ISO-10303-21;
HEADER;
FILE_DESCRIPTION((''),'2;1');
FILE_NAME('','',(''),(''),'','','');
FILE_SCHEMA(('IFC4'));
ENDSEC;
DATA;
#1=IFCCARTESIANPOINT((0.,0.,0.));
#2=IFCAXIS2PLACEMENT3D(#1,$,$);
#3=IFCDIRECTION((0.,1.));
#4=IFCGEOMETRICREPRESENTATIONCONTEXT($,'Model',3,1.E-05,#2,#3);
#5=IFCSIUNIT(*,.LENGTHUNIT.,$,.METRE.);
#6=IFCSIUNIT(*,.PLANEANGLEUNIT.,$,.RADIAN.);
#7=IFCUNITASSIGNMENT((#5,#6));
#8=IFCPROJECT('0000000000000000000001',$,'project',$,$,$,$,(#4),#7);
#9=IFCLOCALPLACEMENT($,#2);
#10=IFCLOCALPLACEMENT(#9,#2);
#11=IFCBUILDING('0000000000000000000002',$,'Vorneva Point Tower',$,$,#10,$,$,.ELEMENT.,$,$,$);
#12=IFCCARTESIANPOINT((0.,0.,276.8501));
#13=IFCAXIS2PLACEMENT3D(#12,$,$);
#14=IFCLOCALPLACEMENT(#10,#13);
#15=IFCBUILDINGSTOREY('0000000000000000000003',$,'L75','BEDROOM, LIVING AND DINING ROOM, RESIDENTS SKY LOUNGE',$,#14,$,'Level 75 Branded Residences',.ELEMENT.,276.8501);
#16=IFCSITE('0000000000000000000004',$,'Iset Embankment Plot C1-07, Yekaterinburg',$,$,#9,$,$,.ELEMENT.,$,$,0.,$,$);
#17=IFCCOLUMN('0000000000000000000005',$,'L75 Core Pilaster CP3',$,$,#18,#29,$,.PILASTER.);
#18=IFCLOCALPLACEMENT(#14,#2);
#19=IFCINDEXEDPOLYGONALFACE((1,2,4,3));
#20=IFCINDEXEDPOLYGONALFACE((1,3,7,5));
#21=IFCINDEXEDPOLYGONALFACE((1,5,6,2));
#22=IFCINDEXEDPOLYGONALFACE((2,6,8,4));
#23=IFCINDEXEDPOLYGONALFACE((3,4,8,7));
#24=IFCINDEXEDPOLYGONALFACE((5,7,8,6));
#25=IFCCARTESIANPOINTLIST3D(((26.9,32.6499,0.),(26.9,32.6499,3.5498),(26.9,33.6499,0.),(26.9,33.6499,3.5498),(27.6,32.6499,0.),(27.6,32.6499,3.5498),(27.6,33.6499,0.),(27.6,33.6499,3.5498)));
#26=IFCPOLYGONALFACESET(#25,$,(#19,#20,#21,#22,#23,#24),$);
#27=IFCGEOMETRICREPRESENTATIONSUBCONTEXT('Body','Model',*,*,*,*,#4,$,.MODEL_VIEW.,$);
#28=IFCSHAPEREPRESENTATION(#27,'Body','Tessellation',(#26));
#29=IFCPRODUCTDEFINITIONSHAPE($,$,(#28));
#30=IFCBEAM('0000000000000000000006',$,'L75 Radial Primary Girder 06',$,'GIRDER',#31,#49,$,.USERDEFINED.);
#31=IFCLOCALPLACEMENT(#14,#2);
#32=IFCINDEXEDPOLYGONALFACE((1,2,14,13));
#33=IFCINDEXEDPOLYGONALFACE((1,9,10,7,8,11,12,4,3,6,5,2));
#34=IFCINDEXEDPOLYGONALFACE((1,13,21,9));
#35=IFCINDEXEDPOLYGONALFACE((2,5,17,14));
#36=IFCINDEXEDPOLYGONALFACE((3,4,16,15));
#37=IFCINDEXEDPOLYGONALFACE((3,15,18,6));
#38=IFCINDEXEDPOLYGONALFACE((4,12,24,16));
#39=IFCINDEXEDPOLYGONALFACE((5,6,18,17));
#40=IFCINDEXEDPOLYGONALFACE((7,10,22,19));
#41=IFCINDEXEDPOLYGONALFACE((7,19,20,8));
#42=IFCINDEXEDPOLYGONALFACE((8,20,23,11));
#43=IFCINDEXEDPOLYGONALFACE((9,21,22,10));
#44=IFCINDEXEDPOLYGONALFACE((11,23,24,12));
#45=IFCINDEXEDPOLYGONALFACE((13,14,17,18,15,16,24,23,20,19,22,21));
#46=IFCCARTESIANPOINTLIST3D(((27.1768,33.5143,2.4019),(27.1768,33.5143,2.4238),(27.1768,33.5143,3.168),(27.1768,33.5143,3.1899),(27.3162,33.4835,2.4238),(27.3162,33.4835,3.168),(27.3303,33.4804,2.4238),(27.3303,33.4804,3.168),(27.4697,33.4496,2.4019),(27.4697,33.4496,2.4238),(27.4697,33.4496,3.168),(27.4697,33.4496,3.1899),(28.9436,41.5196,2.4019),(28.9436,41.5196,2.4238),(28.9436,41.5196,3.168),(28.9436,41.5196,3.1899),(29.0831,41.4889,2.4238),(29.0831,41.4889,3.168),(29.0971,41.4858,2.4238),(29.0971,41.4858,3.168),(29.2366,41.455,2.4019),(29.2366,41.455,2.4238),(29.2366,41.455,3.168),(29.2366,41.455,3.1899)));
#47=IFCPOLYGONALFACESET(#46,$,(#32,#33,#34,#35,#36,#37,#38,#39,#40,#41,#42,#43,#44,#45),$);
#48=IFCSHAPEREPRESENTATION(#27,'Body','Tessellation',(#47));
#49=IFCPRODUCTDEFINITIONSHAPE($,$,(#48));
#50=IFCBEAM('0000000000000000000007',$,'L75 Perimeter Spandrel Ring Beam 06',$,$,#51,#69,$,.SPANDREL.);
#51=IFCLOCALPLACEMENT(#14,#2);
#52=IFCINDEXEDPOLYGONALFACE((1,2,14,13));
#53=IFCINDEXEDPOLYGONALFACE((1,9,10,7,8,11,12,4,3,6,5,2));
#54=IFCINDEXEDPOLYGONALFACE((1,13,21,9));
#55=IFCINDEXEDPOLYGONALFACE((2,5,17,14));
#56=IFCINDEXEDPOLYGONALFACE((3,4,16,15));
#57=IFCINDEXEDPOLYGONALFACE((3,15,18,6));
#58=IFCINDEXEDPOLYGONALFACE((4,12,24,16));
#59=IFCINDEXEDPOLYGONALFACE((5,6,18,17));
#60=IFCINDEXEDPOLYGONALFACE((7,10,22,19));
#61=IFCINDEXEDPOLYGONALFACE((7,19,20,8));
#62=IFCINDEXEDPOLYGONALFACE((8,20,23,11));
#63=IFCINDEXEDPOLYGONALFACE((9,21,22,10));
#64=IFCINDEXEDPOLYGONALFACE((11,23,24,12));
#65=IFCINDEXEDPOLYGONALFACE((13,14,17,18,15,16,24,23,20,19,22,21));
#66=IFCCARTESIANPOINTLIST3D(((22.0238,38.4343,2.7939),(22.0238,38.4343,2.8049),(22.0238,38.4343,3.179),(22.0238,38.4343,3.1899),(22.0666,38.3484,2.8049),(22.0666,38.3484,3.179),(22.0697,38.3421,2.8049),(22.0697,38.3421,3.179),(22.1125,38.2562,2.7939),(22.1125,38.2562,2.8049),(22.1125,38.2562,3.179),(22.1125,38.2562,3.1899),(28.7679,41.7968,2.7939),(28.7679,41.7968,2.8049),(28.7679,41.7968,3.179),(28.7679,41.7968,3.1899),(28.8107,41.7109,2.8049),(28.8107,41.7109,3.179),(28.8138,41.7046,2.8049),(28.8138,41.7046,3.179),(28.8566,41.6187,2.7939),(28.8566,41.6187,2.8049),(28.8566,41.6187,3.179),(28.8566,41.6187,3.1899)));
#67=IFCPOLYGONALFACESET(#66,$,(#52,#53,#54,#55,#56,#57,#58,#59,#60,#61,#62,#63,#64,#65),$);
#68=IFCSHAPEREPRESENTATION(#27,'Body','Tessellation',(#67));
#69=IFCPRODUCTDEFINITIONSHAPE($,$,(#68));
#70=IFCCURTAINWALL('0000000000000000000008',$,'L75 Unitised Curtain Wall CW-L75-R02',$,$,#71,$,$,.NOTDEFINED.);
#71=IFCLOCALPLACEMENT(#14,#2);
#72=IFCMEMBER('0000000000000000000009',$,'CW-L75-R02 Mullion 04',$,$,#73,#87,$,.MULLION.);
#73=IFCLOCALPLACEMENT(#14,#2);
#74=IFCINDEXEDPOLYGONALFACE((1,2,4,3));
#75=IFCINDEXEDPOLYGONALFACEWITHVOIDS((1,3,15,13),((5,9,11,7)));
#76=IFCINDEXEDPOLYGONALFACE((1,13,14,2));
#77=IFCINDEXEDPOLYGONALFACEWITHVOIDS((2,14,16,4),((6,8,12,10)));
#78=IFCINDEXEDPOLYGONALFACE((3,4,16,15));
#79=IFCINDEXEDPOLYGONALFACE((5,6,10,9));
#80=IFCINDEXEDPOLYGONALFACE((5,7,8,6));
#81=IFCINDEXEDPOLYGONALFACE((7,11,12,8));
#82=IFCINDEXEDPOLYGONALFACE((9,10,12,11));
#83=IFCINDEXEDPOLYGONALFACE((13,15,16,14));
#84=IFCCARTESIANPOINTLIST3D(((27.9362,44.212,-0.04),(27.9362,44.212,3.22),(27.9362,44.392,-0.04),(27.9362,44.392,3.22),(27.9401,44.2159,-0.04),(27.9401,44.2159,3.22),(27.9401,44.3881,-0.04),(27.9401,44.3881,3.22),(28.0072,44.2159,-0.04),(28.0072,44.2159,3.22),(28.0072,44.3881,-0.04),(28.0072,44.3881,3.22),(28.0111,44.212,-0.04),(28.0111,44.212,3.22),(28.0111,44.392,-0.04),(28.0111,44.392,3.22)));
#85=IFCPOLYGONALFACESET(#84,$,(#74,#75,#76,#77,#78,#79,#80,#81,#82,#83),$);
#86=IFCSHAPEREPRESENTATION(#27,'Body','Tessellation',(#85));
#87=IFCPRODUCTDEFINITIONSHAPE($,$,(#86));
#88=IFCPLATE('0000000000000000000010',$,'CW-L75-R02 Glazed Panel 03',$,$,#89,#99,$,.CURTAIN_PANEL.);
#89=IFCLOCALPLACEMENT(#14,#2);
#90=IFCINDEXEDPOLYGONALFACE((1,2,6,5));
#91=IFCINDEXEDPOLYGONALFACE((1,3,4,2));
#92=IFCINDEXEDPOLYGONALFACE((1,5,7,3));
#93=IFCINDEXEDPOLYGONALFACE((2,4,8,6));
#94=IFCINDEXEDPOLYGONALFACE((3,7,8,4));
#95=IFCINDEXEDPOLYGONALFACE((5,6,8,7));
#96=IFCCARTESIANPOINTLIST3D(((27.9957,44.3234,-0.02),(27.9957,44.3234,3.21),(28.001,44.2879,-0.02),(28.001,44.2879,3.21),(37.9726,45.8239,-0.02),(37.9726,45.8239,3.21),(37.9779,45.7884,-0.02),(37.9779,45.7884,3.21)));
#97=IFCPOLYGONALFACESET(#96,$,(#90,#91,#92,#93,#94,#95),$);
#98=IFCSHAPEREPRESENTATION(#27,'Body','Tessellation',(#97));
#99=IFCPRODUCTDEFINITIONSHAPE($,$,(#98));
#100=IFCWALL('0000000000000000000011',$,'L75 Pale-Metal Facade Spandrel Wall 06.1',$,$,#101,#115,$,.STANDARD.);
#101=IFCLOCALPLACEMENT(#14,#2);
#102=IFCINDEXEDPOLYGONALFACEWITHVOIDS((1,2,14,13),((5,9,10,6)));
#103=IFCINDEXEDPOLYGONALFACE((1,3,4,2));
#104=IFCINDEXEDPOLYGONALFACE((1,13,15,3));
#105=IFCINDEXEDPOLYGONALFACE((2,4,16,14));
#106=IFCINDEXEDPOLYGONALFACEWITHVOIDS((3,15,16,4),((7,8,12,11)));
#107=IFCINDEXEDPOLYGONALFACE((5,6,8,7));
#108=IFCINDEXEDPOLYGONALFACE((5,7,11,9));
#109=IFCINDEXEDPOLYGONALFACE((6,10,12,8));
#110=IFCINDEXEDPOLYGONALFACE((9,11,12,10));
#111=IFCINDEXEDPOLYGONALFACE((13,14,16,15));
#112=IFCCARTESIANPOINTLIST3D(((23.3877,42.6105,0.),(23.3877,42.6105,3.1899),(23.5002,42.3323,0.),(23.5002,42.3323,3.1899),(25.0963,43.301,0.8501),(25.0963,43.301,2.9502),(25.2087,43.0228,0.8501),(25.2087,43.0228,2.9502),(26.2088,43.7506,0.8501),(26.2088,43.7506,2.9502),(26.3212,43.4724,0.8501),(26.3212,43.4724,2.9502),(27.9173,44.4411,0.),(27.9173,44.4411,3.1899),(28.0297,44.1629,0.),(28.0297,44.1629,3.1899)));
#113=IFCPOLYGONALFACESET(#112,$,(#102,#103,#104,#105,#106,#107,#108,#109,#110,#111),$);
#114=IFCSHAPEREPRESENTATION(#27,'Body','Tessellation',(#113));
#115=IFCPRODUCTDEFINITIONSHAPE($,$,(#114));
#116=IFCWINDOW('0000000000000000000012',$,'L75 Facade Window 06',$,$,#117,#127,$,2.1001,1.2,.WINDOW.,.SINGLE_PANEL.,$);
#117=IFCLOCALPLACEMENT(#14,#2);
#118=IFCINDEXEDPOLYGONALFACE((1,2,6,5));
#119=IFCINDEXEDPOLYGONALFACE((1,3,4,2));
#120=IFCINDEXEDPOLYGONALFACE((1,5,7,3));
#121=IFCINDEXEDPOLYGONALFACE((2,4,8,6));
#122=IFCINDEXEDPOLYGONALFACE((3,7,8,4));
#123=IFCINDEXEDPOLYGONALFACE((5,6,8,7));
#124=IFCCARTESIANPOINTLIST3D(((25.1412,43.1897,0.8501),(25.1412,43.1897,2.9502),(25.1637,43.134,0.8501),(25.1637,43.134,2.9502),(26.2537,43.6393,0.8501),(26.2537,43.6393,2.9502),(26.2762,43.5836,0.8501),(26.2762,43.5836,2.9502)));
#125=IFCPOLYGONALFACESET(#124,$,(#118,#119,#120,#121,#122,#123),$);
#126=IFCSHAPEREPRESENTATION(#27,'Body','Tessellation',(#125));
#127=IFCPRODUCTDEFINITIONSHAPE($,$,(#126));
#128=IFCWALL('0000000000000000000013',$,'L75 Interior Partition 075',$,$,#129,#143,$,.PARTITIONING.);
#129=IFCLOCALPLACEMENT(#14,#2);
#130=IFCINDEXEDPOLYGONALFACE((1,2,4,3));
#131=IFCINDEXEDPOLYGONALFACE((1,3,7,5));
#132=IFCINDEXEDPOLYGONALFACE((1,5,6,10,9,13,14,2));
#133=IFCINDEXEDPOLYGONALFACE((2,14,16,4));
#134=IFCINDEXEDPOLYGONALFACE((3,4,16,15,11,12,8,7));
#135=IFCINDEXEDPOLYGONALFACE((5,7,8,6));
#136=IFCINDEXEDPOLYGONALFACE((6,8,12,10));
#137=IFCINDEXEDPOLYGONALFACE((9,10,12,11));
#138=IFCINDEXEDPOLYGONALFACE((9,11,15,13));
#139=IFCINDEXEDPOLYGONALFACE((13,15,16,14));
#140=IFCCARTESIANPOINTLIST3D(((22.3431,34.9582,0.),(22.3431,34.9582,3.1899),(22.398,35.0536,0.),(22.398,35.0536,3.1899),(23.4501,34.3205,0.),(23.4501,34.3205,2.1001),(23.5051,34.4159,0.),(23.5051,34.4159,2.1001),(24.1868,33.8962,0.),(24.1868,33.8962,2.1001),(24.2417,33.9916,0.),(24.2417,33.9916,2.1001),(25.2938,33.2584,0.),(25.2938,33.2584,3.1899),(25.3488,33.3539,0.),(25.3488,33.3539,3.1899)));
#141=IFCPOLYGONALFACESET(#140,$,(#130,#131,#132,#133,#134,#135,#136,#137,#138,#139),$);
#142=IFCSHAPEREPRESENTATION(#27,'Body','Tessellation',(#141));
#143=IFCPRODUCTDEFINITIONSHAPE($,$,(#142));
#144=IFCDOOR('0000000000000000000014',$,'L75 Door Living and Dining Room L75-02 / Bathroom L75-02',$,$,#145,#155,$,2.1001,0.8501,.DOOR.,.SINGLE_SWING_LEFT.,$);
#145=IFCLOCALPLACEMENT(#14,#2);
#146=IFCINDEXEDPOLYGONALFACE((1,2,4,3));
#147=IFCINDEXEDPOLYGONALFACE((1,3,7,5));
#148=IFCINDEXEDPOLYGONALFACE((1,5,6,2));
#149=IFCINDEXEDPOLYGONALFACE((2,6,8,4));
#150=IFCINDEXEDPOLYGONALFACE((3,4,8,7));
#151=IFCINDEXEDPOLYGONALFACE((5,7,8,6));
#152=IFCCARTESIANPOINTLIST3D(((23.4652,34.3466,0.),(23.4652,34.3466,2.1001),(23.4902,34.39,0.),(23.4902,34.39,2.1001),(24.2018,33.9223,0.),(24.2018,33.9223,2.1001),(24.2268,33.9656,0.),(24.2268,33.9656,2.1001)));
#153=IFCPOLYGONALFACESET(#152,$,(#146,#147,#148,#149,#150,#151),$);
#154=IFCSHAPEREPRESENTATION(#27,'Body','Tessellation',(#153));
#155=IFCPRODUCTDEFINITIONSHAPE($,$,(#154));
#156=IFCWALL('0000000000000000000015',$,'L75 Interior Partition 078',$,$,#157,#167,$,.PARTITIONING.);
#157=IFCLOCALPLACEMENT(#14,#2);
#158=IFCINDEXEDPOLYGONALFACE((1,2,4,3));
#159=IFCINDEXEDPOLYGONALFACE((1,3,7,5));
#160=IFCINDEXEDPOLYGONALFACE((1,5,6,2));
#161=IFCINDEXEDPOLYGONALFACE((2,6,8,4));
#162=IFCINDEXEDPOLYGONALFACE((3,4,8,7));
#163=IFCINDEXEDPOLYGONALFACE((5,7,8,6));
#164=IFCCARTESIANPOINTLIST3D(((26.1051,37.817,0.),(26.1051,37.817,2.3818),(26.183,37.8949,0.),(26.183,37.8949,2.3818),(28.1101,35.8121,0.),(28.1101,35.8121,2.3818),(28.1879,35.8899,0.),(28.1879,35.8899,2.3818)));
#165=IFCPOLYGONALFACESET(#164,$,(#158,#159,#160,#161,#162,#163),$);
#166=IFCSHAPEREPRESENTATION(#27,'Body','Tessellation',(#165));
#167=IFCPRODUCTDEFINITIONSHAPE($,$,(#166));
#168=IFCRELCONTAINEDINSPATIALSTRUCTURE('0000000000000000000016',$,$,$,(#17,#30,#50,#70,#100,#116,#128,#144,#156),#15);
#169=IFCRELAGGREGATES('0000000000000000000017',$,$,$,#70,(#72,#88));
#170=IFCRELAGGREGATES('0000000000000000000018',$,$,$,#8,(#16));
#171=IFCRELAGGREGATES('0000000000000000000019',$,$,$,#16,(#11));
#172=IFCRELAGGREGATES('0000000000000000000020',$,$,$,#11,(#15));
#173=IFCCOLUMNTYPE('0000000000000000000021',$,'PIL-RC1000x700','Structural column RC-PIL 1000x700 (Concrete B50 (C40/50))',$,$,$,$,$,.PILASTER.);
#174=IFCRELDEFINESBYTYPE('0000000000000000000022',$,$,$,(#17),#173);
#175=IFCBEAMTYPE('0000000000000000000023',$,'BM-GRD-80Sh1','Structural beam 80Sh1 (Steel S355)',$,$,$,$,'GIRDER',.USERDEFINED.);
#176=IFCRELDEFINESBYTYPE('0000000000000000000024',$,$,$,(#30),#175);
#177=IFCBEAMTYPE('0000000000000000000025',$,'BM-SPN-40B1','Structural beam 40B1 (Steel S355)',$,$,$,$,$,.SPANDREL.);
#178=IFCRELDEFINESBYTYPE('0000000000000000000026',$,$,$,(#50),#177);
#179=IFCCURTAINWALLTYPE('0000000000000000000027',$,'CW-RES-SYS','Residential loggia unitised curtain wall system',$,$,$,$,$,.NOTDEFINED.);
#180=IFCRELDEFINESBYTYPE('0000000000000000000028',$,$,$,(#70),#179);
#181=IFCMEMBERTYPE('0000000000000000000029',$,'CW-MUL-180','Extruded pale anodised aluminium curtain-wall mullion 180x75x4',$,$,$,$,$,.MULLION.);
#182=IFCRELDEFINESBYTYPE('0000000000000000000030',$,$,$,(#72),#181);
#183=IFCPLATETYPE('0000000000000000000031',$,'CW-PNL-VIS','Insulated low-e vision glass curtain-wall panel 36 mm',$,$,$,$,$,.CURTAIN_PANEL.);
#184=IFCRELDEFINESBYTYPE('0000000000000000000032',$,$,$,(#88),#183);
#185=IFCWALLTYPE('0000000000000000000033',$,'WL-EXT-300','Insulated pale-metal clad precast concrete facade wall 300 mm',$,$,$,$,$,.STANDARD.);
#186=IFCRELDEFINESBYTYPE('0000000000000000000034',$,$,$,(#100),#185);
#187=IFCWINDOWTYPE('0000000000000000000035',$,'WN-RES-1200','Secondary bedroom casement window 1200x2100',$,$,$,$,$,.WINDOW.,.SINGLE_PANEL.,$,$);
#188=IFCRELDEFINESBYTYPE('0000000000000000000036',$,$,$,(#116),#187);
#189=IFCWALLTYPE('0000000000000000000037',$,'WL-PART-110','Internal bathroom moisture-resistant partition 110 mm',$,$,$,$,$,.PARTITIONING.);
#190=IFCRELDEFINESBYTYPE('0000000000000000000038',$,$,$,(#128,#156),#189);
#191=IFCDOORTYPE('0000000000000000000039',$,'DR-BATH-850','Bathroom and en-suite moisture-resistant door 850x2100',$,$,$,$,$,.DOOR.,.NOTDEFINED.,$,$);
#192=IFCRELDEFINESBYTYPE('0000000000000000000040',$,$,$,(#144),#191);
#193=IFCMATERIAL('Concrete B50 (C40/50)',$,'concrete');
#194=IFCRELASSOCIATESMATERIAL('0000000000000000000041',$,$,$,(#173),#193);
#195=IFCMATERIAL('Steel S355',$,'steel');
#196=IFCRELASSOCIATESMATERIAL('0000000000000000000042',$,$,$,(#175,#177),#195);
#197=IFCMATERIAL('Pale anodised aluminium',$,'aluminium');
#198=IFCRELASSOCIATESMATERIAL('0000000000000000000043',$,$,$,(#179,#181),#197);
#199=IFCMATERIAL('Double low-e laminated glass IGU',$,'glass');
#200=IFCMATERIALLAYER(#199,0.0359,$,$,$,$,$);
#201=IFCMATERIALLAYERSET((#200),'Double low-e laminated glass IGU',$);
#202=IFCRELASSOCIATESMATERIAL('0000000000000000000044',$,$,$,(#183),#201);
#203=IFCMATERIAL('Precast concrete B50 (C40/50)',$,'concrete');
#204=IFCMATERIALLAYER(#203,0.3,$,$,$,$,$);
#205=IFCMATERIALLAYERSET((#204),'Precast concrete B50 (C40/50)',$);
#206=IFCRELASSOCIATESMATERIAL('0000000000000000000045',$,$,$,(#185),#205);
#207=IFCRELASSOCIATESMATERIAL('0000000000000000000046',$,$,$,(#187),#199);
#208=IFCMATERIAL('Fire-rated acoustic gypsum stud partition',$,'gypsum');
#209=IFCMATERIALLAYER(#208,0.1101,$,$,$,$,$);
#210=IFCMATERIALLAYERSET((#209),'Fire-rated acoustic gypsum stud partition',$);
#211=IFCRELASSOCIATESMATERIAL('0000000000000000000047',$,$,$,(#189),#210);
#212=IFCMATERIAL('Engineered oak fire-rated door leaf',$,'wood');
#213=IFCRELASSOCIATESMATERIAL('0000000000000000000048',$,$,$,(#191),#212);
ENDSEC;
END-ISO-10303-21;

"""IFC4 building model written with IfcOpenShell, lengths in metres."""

from ifc_helpers import new_model, si_unit, direction, frame, frame_2d, origin, origin_2d, place, context, subcontext, project, spatial, rectangle, hollow_rectangle, i_section, extrude, material, layer, layer_set, material_profile, profile_set, type_object, element, fill, aggregate, save


model = new_model("IFC4")

# Units and contexts
model_context = context("Model", 3, precision=1e-05, world=origin(), true_north=direction((0.0, 1.0)))
body_context = subcontext(model_context, "Body", "Model", "MODEL_VIEW")
ifc_project = project(units=[si_unit("LENGTHUNIT", "METRE"), si_unit("PLANEANGLEUNIT", "RADIAN")], contexts=[model_context])

# Site, building, storey
site_placement = place(None, origin())
site = spatial("IfcSite", under=ifc_project, at=site_placement, Name="Iset Embankment Plot C1-07, Yekaterinburg", CompositionType="ELEMENT", RefElevation=0.0)
building_placement = place(site_placement, origin())
building = spatial("IfcBuilding", under=site, at=building_placement, Name="Vorneva Point Tower", CompositionType="ELEMENT")
storey_placement = place(building_placement, frame((0.0, 0.0, 276.8501)))
storey = spatial("IfcBuildingStorey", under=building, at=storey_placement, Name="L75", Description="BEDROOM, LIVING AND DINING ROOM, RESIDENTS SKY LOUNGE", LongName="Level 75 Branded Residences", CompositionType="ELEMENT", Elevation=276.8501)

# Column
ifc_material_1 = material(Name="Concrete B50 (C40/50)", Category="concrete")
ifc_material_profile_1 = material_profile(ifc_material_1, rectangle(XDim=0.7, YDim=1.0, at=origin_2d()), Name="RC-PIL 1000x700")
ifc_profile_set_1 = profile_set([ifc_material_profile_1], Name="Concrete B50 (C40/50)")
column_type_1 = type_object("IfcColumnType", Name="PIL-RC1000x700", Description="Structural column RC-PIL 1000x700 (Concrete B50 (C40/50))", PredefinedType="PILASTER", material=ifc_profile_set_1)
column_1_placement = place(storey_placement, frame((27.25, 33.1499, 0.0), z_axis=(0.0, 0.0, 1.0), x_axis=(1.0, 0.0, 0.0)))
element("IfcColumn", 1, at=column_1_placement, inside=storey, type_object=column_type_1, Name="L75 Core Pilaster CP3", PredefinedType="PILASTER", context=body_context, shape_type="SweptSolid", body=[
    extrude(rectangle(XDim=0.7, YDim=1.0, at=origin_2d()), origin(), (0.0, 0.0, 1.0), 3.5498),
])

# Beams
ifc_material_2 = material(Name="Steel S355", Category="steel")
ifc_material_profile_2 = material_profile(ifc_material_2, i_section(OverallWidth=0.3, OverallDepth=0.7881, WebThickness=0.0144, FlangeThickness=0.022, at=origin_2d()), Name="80Sh1")
ifc_profile_set_2 = profile_set([ifc_material_profile_2], Name="Steel S355")
beam_type_1 = type_object("IfcBeamType", Name="BM-GRD-80Sh1", Description="Structural beam 80Sh1 (Steel S355)", ElementType="GIRDER", PredefinedType="USERDEFINED", material=ifc_profile_set_2)
beam_1_placement = place(storey_placement, frame((29.0901, 41.4873, 2.7959), z_axis=(-0.215521, -0.976499, 0.0), x_axis=(0.976499, -0.215521, 0.0)))
element("IfcBeam", 2, at=beam_1_placement, inside=storey, type_object=beam_type_1, Name="L75 Radial Primary Girder 06", ObjectType="GIRDER", PredefinedType="USERDEFINED", context=body_context, shape_type="SweptSolid", body=[
    extrude(i_section(OverallWidth=0.3, OverallDepth=0.7881, WebThickness=0.0144, FlangeThickness=0.022, at=origin_2d()), origin(), (0.0, 0.0, 1.0), 8.198),
])
ifc_material_profile_3 = material_profile(ifc_material_2, i_section(OverallWidth=0.199, OverallDepth=0.396, WebThickness=0.0071, FlangeThickness=0.011, at=origin_2d()), Name="40B1")
ifc_profile_set_3 = profile_set([ifc_material_profile_3], Name="Steel S355")
beam_type_2 = type_object("IfcBeamType", Name="BM-SPN-40B1", Description="Structural beam 40B1 (Steel S355)", PredefinedType="SPANDREL", material=ifc_profile_set_3)
beam_2_placement = place(storey_placement, frame((28.8123, 41.7078, 2.9919), z_axis=(-0.894932, -0.446203, 0.0), x_axis=(0.446203, -0.894932, 0.0)))
element("IfcBeam", 3, at=beam_2_placement, inside=storey, type_object=beam_type_2, Name="L75 Perimeter Spandrel Ring Beam 06", PredefinedType="SPANDREL", context=body_context, shape_type="SweptSolid", body=[
    extrude(i_section(OverallWidth=0.199, OverallDepth=0.396, WebThickness=0.0071, FlangeThickness=0.011, at=origin_2d()), origin(), (0.0, 0.0, 1.0), 7.5359),
])

# Curtain wall, member, plate
ifc_material_3 = material(Name="Pale anodised aluminium", Category="aluminium")
curtain_wall_type = type_object("IfcCurtainWallType", Name="CW-RES-SYS", Description="Residential loggia unitised curtain wall system", PredefinedType="NOTDEFINED", material=ifc_material_3)
curtain_wall_placement = place(storey_placement, origin())
curtain_wall = element("IfcCurtainWall", 4, at=curtain_wall_placement, inside=storey, type_object=curtain_wall_type, Name="L75 Unitised Curtain Wall CW-L75-R02", PredefinedType="NOTDEFINED")
ifc_material_profile_4 = material_profile(ifc_material_3, hollow_rectangle(XDim=0.075, YDim=0.1799, WallThickness=0.0039, at=origin_2d()), Name="AL-MUL 180x75x4")
ifc_profile_set_4 = profile_set([ifc_material_profile_4], Name="Pale anodised aluminium")
member_type = type_object("IfcMemberType", Name="CW-MUL-180", Description="Extruded pale anodised aluminium curtain-wall mullion 180x75x4", PredefinedType="MULLION", material=ifc_profile_set_4)
member_placement = place(storey_placement, frame((27.9736, 44.302, -0.04), z_axis=(0.0, 0.0, 1.0), x_axis=(1.0, 0.0, 0.0)))
member = element("IfcMember", 5, at=member_placement, type_object=member_type, Name="CW-L75-R02 Mullion 04", PredefinedType="MULLION", context=body_context, shape_type="SweptSolid", body=[
    extrude(hollow_rectangle(XDim=0.075, YDim=0.1799, WallThickness=0.0039, at=origin_2d()), origin(), (0.0, 0.0, 1.0), 3.26),
])
ifc_material_4 = material(Name="Double low-e laminated glass IGU", Category="glass")
ifc_layer_1 = layer(ifc_material_4, 0.0359)
ifc_layer_set_1 = layer_set([ifc_layer_1], Name="Double low-e laminated glass IGU")
plate_type = type_object("IfcPlateType", Name="CW-PNL-VIS", Description="Insulated low-e vision glass curtain-wall panel 36 mm", PredefinedType="CURTAIN_PANEL", material=ifc_layer_set_1)
plate_placement = place(storey_placement, frame((32.9868, 45.0559, -0.02), z_axis=(0.0, 0.0, 1.0), x_axis=(-0.988879, -0.148724, 0.0)))
plate = element("IfcPlate", 6, at=plate_placement, type_object=plate_type, Name="CW-L75-R02 Glazed Panel 03", PredefinedType="CURTAIN_PANEL", context=body_context, shape_type="SweptSolid", body=[
    extrude(rectangle(XDim=10.0891, YDim=0.0359, at=origin_2d()), origin(), (0.0, 0.0, 1.0), 3.23),
])
aggregate(curtain_wall, [member, plate])

# Wall, opening, window
ifc_material_5 = material(Name="Precast concrete B50 (C40/50)", Category="concrete")
ifc_layer_2 = layer(ifc_material_5, 0.3)
ifc_layer_set_2 = layer_set([ifc_layer_2], Name="Precast concrete B50 (C40/50)")
wall_type_1 = type_object("IfcWallType", Name="WL-EXT-300", Description="Insulated pale-metal clad precast concrete facade wall 300 mm", PredefinedType="STANDARD", material=ifc_layer_set_2)
wall_1_placement = place(storey_placement, frame((27.9736, 44.302, 0.0), z_axis=(0.0, 0.0, 1.0), x_axis=(-0.927147, -0.374697, 0.0)))
wall_1 = element("IfcWall", 7, at=wall_1_placement, inside=storey, type_object=wall_type_1, Name="L75 Pale-Metal Facade Spandrel Wall 06.1", PredefinedType="STANDARD", context=body_context, shape_type="SweptSolid", body=[
    extrude(rectangle(XDim=4.8855, YDim=0.3, at=frame_2d((2.4429, 0.0))), origin(), (0.0, 0.0, 1.0), 3.1899),
])
opening_1_placement = place(wall_1_placement, frame((1.8428, 0.0, 0.8501)))
opening_1 = element("IfcOpeningElement", 8, at=opening_1_placement, cuts=wall_1, PredefinedType="OPENING", context=body_context, shape_type="SweptSolid", body=[
    extrude(rectangle(XDim=1.2, YDim=2.1001, at=frame_2d((0.6001, 1.05))), frame((0.0, 0.165, 0.0), z_axis=(0.0, -1.0, 0.0), x_axis=(1.0, 0.0, 0.0)), (0.0, 0.0, 1.0), 0.3298),
])
window_type = type_object("IfcWindowType", Name="WN-RES-1200", Description="Secondary bedroom casement window 1200x2100", PartitioningType="SINGLE_PANEL", PredefinedType="WINDOW", material=ifc_material_4)
window_placement = place(opening_1_placement, origin())
window = element("IfcWindow", 9, at=window_placement, inside=storey, type_object=window_type, Name="L75 Facade Window 06", OverallHeight=2.1001, OverallWidth=1.2, PartitioningType="SINGLE_PANEL", PredefinedType="WINDOW", context=body_context, shape_type="SweptSolid", body=[
    extrude(rectangle(XDim=1.2, YDim=2.1001, at=frame_2d((0.6001, 1.05))), frame((0.0, 0.03, 0.0), z_axis=(0.0, -1.0, 0.0), x_axis=(1.0, 0.0, 0.0)), (0.0, 0.0, 1.0), 0.0601),
])
fill(opening_1, window)

# Wall, opening, door
ifc_material_6 = material(Name="Fire-rated acoustic gypsum stud partition", Category="gypsum")
ifc_layer_3 = layer(ifc_material_6, 0.1101)
ifc_layer_set_3 = layer_set([ifc_layer_3], Name="Fire-rated acoustic gypsum stud partition")
wall_type_2 = type_object("IfcWallType", Name="WL-PART-110", Description="Internal bathroom moisture-resistant partition 110 mm", PredefinedType="PARTITIONING", material=ifc_layer_set_3)
wall_2_placement = place(storey_placement, frame((25.3213, 33.3062, 0.0), z_axis=(0.0, 0.0, 1.0), x_axis=(-0.866517, 0.499147, 0.0)))
wall_2 = element("IfcWall", 10, at=wall_2_placement, inside=storey, type_object=wall_type_2, Name="L75 Interior Partition 075", PredefinedType="PARTITIONING", context=body_context, shape_type="SweptSolid", body=[
    extrude(rectangle(XDim=3.4053, YDim=0.1101, at=frame_2d((1.7026, 0.0))), origin(), (0.0, 0.0, 1.0), 3.1899),
])
opening_2_placement = place(wall_2_placement, frame((1.2776, 0.0, 0.0)))
opening_2 = element("IfcOpeningElement", 11, at=opening_2_placement, cuts=wall_2, PredefinedType="OPENING", context=body_context, shape_type="SweptSolid", body=[
    extrude(rectangle(XDim=0.8501, YDim=2.1001, at=frame_2d((0.425, 1.05))), frame((0.0, 0.0698, 0.0), z_axis=(0.0, -1.0, 0.0), x_axis=(1.0, 0.0, 0.0)), (0.0, 0.0, 1.0), 0.1399),
])
ifc_material_7 = material(Name="Engineered oak fire-rated door leaf", Category="wood")
door_type_1 = type_object("IfcDoorType", Name="DR-BATH-850", Description="Bathroom and en-suite moisture-resistant door 850x2100", OperationType="NOTDEFINED", PredefinedType="DOOR", material=ifc_material_7)
door_1_placement = place(opening_2_placement, origin())
door_1 = element("IfcDoor", 12, at=door_1_placement, inside=storey, type_object=door_type_1, Name="L75 Door Living and Dining Room L75-02 / Bathroom L75-02", OperationType="SINGLE_SWING_LEFT", OverallHeight=2.1001, OverallWidth=0.8501, PredefinedType="DOOR", context=body_context, shape_type="SweptSolid", body=[
    extrude(rectangle(XDim=0.8501, YDim=2.1001, at=frame_2d((0.425, 1.05))), frame((0.0, 0.0249, 0.0), z_axis=(0.0, -1.0, 0.0), x_axis=(1.0, 0.0, 0.0)), (0.0, 0.0, 1.0), 0.05),
])
fill(opening_2, door_1)

# Wall
wall_3_placement = place(storey_placement, frame((26.144, 37.856, 0.0), z_axis=(0.0, 0.0, 1.0), x_axis=(0.707107, -0.707107, 0.0)))
element("IfcWall", 13, at=wall_3_placement, inside=storey, type_object=wall_type_2, Name="L75 Interior Partition 078", PredefinedType="PARTITIONING", context=body_context, shape_type="SweptSolid", body=[
    extrude(rectangle(XDim=2.8354, YDim=0.1101, at=frame_2d((1.4177, 0.0))), origin(), (0.0, 0.0, 1.0), 2.3818),
])

save(model, "model.ifc")
